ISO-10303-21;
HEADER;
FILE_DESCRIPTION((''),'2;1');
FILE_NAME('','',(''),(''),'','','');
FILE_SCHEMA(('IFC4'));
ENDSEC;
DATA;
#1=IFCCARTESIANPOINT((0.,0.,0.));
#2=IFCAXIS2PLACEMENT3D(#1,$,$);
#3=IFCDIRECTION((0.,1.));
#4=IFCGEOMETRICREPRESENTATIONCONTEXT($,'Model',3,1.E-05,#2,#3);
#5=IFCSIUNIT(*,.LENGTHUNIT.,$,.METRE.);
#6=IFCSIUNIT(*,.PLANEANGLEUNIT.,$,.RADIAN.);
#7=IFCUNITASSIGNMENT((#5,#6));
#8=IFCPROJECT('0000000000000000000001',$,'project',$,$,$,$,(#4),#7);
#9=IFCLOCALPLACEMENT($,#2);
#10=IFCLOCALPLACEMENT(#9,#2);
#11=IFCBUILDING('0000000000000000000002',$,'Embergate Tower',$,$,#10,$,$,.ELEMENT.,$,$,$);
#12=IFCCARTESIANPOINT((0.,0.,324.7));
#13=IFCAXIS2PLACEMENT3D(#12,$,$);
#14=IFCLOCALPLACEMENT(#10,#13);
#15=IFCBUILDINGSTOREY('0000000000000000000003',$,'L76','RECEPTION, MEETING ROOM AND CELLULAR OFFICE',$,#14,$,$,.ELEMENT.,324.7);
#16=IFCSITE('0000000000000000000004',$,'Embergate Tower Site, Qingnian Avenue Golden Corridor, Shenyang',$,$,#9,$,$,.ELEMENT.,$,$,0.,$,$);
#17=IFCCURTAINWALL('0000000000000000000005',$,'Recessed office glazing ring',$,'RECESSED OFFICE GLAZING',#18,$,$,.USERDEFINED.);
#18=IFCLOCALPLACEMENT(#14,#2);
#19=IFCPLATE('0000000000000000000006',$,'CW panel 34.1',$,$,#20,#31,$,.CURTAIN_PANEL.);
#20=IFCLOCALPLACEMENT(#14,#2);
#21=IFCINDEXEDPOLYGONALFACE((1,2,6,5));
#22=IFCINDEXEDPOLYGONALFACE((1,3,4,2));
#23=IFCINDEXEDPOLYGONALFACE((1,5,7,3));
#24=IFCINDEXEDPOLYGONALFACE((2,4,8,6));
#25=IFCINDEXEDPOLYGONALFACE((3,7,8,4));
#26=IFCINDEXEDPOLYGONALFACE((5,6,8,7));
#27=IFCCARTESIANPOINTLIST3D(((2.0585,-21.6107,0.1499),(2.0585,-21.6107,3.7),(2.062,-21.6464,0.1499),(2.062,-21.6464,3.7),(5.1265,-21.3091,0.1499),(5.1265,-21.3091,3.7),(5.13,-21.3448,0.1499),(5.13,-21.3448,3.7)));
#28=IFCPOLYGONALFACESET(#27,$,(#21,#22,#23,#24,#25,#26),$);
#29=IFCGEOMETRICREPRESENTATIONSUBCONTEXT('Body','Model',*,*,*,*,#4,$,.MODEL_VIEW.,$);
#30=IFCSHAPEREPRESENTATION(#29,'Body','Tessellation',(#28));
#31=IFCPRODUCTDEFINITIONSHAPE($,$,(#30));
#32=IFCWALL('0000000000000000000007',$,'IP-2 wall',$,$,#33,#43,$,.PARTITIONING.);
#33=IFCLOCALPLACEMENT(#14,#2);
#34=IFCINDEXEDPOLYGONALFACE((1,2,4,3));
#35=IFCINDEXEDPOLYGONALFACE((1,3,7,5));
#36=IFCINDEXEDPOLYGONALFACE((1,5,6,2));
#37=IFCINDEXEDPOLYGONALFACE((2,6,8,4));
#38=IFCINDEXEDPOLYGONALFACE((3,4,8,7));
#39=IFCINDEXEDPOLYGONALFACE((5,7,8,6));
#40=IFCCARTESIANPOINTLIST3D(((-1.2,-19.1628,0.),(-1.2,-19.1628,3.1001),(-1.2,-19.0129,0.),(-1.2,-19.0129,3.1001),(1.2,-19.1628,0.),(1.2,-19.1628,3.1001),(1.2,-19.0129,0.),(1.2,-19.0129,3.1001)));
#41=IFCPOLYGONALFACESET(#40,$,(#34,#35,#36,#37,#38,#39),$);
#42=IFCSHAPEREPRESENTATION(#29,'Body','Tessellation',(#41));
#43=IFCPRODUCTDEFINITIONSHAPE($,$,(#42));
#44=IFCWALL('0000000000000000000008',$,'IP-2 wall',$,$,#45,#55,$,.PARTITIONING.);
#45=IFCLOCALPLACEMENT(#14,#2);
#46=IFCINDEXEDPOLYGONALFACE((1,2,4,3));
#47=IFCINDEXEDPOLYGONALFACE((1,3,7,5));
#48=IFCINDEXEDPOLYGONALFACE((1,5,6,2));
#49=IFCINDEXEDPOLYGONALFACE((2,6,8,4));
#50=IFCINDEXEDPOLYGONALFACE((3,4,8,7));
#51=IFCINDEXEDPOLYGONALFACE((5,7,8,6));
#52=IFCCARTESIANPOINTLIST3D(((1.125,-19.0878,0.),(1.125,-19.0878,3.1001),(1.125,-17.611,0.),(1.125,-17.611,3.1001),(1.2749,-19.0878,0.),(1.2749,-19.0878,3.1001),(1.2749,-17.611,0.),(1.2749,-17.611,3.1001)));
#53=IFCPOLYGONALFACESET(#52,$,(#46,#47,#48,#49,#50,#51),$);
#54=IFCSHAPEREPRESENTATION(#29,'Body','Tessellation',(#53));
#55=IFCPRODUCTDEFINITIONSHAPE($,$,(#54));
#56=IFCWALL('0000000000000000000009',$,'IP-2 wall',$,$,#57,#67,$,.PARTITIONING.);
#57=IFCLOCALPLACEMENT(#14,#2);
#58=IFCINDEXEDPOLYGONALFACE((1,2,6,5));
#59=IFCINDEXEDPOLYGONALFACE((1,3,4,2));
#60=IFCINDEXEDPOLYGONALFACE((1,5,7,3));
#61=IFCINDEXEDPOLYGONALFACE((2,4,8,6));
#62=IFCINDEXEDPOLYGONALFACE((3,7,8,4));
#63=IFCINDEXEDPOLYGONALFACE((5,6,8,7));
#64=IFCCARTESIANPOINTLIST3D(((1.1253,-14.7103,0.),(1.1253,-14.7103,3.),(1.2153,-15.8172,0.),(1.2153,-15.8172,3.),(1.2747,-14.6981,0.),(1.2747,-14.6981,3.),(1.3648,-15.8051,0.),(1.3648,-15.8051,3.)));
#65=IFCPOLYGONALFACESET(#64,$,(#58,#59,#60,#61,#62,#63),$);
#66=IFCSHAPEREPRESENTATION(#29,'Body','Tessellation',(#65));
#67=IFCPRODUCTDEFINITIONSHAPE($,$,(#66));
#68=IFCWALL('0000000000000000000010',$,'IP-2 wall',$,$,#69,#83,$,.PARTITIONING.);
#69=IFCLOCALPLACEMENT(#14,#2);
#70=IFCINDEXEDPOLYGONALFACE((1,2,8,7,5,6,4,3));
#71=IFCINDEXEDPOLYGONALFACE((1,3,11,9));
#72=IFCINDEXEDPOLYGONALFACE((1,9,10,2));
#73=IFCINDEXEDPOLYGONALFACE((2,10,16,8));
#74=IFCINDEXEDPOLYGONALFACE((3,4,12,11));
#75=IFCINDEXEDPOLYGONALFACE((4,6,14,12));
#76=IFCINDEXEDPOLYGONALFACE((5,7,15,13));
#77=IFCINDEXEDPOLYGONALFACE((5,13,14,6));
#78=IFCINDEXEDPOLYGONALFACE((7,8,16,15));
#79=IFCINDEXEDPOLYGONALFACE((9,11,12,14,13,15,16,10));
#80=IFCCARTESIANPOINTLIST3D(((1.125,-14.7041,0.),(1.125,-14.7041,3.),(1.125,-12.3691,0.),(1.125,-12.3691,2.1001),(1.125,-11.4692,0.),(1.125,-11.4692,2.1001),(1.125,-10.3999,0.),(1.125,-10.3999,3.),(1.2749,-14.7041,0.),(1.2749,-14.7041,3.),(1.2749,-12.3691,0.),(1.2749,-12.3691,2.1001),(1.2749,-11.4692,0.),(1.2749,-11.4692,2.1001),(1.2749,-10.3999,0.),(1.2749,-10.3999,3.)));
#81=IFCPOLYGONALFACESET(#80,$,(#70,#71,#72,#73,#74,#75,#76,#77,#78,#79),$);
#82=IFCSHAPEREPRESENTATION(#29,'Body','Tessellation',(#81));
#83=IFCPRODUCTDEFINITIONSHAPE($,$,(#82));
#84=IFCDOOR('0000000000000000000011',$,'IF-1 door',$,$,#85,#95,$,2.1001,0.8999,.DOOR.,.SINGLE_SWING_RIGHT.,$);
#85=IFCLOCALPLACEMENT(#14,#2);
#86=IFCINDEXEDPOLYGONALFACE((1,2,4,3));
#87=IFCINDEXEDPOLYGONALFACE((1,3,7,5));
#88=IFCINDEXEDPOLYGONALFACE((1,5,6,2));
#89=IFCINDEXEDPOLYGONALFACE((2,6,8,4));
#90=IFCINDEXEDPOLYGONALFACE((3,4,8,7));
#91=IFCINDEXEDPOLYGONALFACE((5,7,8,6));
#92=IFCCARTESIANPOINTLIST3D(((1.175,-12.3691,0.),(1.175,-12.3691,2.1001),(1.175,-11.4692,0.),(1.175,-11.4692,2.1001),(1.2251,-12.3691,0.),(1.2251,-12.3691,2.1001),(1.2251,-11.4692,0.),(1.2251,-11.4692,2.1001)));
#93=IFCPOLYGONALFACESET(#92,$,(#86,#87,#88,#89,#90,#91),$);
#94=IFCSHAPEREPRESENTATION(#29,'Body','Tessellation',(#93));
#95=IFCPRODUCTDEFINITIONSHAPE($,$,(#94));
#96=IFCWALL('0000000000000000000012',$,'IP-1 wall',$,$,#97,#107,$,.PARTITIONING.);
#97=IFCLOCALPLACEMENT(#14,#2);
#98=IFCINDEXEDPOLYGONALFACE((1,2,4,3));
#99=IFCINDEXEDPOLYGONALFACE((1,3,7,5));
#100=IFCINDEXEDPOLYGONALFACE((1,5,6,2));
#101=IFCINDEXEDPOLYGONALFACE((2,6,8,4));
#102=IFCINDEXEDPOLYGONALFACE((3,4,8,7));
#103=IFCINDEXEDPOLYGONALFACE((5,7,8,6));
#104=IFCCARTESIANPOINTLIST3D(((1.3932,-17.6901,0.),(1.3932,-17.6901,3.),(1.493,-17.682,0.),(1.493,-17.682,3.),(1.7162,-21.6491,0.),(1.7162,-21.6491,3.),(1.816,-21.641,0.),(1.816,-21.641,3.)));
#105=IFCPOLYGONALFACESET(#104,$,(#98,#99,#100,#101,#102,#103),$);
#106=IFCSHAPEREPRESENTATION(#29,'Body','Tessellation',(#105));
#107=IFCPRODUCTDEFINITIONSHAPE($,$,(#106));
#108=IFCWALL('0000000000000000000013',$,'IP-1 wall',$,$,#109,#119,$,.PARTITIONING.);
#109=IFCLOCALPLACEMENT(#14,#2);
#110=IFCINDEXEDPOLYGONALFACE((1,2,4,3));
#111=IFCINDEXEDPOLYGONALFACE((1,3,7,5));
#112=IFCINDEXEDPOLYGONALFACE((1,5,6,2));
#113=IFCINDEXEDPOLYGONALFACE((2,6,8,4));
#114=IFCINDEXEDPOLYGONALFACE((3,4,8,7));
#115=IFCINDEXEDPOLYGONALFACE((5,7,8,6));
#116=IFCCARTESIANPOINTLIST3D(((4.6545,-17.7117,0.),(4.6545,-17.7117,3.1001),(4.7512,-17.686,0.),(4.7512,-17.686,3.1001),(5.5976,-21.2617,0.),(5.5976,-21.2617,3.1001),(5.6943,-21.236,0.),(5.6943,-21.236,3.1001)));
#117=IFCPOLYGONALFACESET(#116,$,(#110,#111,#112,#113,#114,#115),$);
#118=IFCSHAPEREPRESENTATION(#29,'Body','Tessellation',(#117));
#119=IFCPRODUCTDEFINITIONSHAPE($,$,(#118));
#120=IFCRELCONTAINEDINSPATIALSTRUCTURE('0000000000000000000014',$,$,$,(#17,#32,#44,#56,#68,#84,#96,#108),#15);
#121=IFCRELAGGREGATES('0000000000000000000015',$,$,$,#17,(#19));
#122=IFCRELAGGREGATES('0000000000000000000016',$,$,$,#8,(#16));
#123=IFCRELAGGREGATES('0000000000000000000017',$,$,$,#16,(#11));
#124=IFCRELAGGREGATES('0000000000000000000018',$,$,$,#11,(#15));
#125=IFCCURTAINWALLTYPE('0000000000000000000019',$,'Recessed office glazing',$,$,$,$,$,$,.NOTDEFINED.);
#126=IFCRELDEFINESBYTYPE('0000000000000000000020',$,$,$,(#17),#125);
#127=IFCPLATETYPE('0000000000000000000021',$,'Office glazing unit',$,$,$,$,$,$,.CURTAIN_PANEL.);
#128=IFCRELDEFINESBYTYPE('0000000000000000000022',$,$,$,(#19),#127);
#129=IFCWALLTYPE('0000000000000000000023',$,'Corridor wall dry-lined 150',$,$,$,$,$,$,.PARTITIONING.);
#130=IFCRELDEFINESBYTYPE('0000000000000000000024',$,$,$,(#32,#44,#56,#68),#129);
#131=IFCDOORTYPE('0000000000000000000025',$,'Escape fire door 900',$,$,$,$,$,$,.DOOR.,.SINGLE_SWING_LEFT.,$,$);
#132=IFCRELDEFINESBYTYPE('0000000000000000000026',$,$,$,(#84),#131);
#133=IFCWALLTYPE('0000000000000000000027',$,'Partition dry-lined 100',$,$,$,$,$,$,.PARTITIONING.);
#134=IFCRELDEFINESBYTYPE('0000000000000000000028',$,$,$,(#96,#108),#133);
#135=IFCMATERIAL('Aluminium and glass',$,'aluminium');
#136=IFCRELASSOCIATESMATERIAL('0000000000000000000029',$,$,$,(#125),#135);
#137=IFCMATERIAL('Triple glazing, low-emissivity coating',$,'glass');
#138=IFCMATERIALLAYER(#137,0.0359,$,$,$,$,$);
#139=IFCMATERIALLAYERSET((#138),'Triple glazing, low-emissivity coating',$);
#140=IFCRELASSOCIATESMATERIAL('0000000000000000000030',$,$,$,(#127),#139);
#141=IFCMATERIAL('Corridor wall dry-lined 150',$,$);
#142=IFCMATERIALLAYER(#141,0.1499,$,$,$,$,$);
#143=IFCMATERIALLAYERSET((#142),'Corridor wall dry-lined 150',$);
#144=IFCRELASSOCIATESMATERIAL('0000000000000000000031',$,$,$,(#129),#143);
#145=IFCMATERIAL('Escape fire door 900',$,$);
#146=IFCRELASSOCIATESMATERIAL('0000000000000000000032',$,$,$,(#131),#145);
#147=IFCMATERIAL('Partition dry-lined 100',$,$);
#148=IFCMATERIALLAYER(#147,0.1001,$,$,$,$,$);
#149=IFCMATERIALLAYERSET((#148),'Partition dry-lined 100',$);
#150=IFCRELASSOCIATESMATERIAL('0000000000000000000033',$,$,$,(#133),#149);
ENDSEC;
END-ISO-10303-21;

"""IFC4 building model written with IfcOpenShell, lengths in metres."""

from ifc_helpers import new_model, si_unit, direction, frame, frame_2d, origin, origin_2d, place, context, subcontext, project, spatial, rectangle, extrude, source, transform, mapped, material, layer, layer_set, type_object, element, fill, aggregate, save


model = new_model("IFC4")

# Units and contexts
model_context = context("Model", 3, precision=1e-05, world=origin(), true_north=direction((0.0, 1.0)))
body_context = subcontext(model_context, "Body", "Model", "MODEL_VIEW")
ifc_project = project(units=[si_unit("LENGTHUNIT", "METRE"), si_unit("PLANEANGLEUNIT", "RADIAN")], contexts=[model_context])

# Site, building, storey
site_placement = place(None, origin())
site = spatial("IfcSite", under=ifc_project, at=site_placement, Name="Embergate Tower Site, Qingnian Avenue Golden Corridor, Shenyang", CompositionType="ELEMENT", RefElevation=0.0)
building_placement = place(site_placement, origin())
building = spatial("IfcBuilding", under=site, at=building_placement, Name="Embergate Tower", CompositionType="ELEMENT")
storey_placement = place(building_placement, frame((0.0, 0.0, 324.7)))
storey = spatial("IfcBuildingStorey", under=building, at=storey_placement, Name="L76", Description="RECEPTION, MEETING ROOM AND CELLULAR OFFICE", CompositionType="ELEMENT", Elevation=324.7)

# Curtain wall, plate
ifc_material_1 = material(Name="Aluminium and glass", Category="aluminium")
curtain_wall_type = type_object("IfcCurtainWallType", Name="Recessed office glazing", PredefinedType="NOTDEFINED", material=ifc_material_1)
curtain_wall_placement = place(storey_placement, origin())
curtain_wall = element("IfcCurtainWall", 1, at=curtain_wall_placement, inside=storey, type_object=curtain_wall_type, Name="Recessed office glazing ring", ObjectType="RECESSED OFFICE GLAZING", PredefinedType="USERDEFINED")
ifc_material_2 = material(Name="Triple glazing, low-emissivity coating", Category="glass")
ifc_layer_1 = layer(ifc_material_2, 0.0359)
ifc_layer_set_1 = layer_set([ifc_layer_1], Name="Triple glazing, low-emissivity coating")
plate_type = type_object("IfcPlateType", Name="Office glazing unit", PredefinedType="CURTAIN_PANEL", material=ifc_layer_set_1)
shared_shape_1 = source(origin(), body_context, "Body", "SweptSolid", [
    extrude(rectangle(XDim=3.0828, YDim=0.0359, at=origin_2d()), origin(), (0.0, 0.0, 1.0), 3.55),
])
plate_placement = place(storey_placement, frame((3.5942, -21.4778, 0.1499), z_axis=(0.0, 0.0, 1.0), x_axis=(0.995203, 0.097831, 0.0)))
plate = element("IfcPlate", 2, at=plate_placement, type_object=plate_type, Name="CW panel 34.1", PredefinedType="CURTAIN_PANEL", context=body_context, shape_type="MappedRepresentation", body=[
    mapped(shared_shape_1, transform((0.0, 0.0, 0.0))),
])
aggregate(curtain_wall, [plate])

# Walls
ifc_material_3 = material(Name="Corridor wall dry-lined 150")
ifc_layer_2 = layer(ifc_material_3, 0.1499)
ifc_layer_set_2 = layer_set([ifc_layer_2], Name="Corridor wall dry-lined 150")
wall_type_1 = type_object("IfcWallType", Name="Corridor wall dry-lined 150", PredefinedType="PARTITIONING", material=ifc_layer_set_2)
shared_shape_2 = source(origin(), body_context, "Body", "SweptSolid", [
    extrude(rectangle(XDim=2.3999, YDim=0.1499, at=frame_2d((1.2, 0.0))), origin(), (0.0, 0.0, 1.0), 3.1001),
])
wall_1_placement = place(storey_placement, frame((1.2, -19.0879, 0.0), z_axis=(0.0, 0.0, 1.0), x_axis=(-1.0, 0.0, 0.0)))
element("IfcWall", 3, at=wall_1_placement, inside=storey, type_object=wall_type_1, Name="IP-2 wall", PredefinedType="PARTITIONING", context=body_context, shape_type="MappedRepresentation", body=[
    mapped(shared_shape_2, transform((0.0, 0.0, 0.0))),
])
shared_shape_3 = source(origin(), body_context, "Body", "SweptSolid", [
    extrude(rectangle(XDim=1.4768, YDim=0.1499, at=frame_2d((0.7383, 0.0))), origin(), (0.0, 0.0, 1.0), 3.1001),
])
wall_2_placement = place(storey_placement, frame((1.2, -17.6111, 0.0), z_axis=(0.0, 0.0, 1.0), x_axis=(0.0, -1.0, 0.0)))
element("IfcWall", 4, at=wall_2_placement, inside=storey, type_object=wall_type_1, Name="IP-2 wall", PredefinedType="PARTITIONING", context=body_context, shape_type="MappedRepresentation", body=[
    mapped(shared_shape_3, transform((0.0, 0.0, 0.0))),
])
shared_shape_4 = source(origin(), body_context, "Body", "SweptSolid", [
    extrude(rectangle(XDim=1.1106, YDim=0.1499, at=frame_2d((0.5552, 0.0))), origin(), (0.0, 0.0, 1.0), 3.0),
])
wall_3_placement = place(storey_placement, frame((1.29, -15.811, 0.0), z_axis=(0.0, 0.0, 1.0), x_axis=(-0.081117, 0.996705, 0.0)))
element("IfcWall", 5, at=wall_3_placement, inside=storey, type_object=wall_type_1, Name="IP-2 wall", PredefinedType="PARTITIONING", context=body_context, shape_type="MappedRepresentation", body=[
    mapped(shared_shape_4, transform((0.0, 0.0, 0.0))),
])

# Wall, opening, door
shared_shape_5 = source(origin(), body_context, "Body", "SweptSolid", [
    extrude(rectangle(XDim=4.3042, YDim=0.1499, at=frame_2d((2.1521, 0.0))), origin(), (0.0, 0.0, 1.0), 3.0),
])
wall_4_placement = place(storey_placement, frame((1.2, -14.7041, 0.0), z_axis=(0.0, 0.0, 1.0), x_axis=(0.0, 1.0, 0.0)))
wall_4 = element("IfcWall", 6, at=wall_4_placement, inside=storey, type_object=wall_type_1, Name="IP-2 wall", PredefinedType="PARTITIONING", context=body_context, shape_type="MappedRepresentation", body=[
    mapped(shared_shape_5, transform((0.0, 0.0, 0.0))),
])
shared_shape_6 = source(origin(), body_context, "Body", "SweptSolid", [
    extrude(rectangle(XDim=0.8999, YDim=2.1001, at=frame_2d((0.45, 1.05))), frame((0.0, 0.085, 0.0), z_axis=(0.0, -1.0, 0.0), x_axis=(1.0, 0.0, 0.0)), (0.0, 0.0, 1.0), 0.1699),
])
opening_placement = place(wall_4_placement, frame((2.335, 0.0, 0.0)))
opening = element("IfcOpeningElement", 7, at=opening_placement, cuts=wall_4, PredefinedType="OPENING", context=body_context, shape_type="MappedRepresentation", body=[
    mapped(shared_shape_6, transform((0.0, 0.0, 0.0))),
])
ifc_material_4 = material(Name="Escape fire door 900")
door_type = type_object("IfcDoorType", Name="Escape fire door 900", OperationType="SINGLE_SWING_LEFT", PredefinedType="DOOR", material=ifc_material_4)
shared_shape_7 = source(origin(), body_context, "Body", "SweptSolid", [
    extrude(rectangle(XDim=0.8999, YDim=2.1001, at=frame_2d((0.45, 1.05))), frame((0.0, 0.0249, 0.0), z_axis=(0.0, -1.0, 0.0), x_axis=(1.0, 0.0, 0.0)), (0.0, 0.0, 1.0), 0.05),
])
door_placement = place(opening_placement, origin())
door = element("IfcDoor", 8, at=door_placement, inside=storey, type_object=door_type, Name="IF-1 door", OperationType="SINGLE_SWING_RIGHT", OverallHeight=2.1001, OverallWidth=0.8999, PredefinedType="DOOR", context=body_context, shape_type="MappedRepresentation", body=[
    mapped(shared_shape_7, transform((0.0, 0.0, 0.0))),
])
fill(opening, door)

# Walls
ifc_material_5 = material(Name="Partition dry-lined 100")
ifc_layer_3 = layer(ifc_material_5, 0.1001)
ifc_layer_set_3 = layer_set([ifc_layer_3], Name="Partition dry-lined 100")
wall_type_2 = type_object("IfcWallType", Name="Partition dry-lined 100", PredefinedType="PARTITIONING", material=ifc_layer_set_3)
shared_shape_8 = source(origin(), body_context, "Body", "SweptSolid", [
    extrude(rectangle(XDim=3.9722, YDim=0.1001, at=frame_2d((1.9861, 0.0))), origin(), (0.0, 0.0, 1.0), 3.0),
])
wall_5_placement = place(storey_placement, frame((1.4431, -17.686, 0.0), z_axis=(0.0, 0.0, 1.0), x_axis=(0.081316, -0.996688, 0.0)))
element("IfcWall", 9, at=wall_5_placement, inside=storey, type_object=wall_type_2, Name="IP-1 wall", PredefinedType="PARTITIONING", context=body_context, shape_type="MappedRepresentation", body=[
    mapped(shared_shape_8, transform((0.0, 0.0, 0.0))),
])
shared_shape_9 = source(origin(), body_context, "Body", "SweptSolid", [
    extrude(rectangle(XDim=3.6731, YDim=0.1001, at=frame_2d((1.8364, 0.0))), origin(), (0.0, 0.0, 1.0), 3.1001),
])
wall_6_placement = place(storey_placement, frame((4.7029, -17.699, 0.0), z_axis=(0.0, 0.0, 1.0), x_axis=(0.256757, -0.966476, 0.0)))
element("IfcWall", 10, at=wall_6_placement, inside=storey, type_object=wall_type_2, Name="IP-1 wall", PredefinedType="PARTITIONING", context=body_context, shape_type="MappedRepresentation", body=[
    mapped(shared_shape_9, transform((0.0, 0.0, 0.0))),
])

save(model, "model.ifc")
